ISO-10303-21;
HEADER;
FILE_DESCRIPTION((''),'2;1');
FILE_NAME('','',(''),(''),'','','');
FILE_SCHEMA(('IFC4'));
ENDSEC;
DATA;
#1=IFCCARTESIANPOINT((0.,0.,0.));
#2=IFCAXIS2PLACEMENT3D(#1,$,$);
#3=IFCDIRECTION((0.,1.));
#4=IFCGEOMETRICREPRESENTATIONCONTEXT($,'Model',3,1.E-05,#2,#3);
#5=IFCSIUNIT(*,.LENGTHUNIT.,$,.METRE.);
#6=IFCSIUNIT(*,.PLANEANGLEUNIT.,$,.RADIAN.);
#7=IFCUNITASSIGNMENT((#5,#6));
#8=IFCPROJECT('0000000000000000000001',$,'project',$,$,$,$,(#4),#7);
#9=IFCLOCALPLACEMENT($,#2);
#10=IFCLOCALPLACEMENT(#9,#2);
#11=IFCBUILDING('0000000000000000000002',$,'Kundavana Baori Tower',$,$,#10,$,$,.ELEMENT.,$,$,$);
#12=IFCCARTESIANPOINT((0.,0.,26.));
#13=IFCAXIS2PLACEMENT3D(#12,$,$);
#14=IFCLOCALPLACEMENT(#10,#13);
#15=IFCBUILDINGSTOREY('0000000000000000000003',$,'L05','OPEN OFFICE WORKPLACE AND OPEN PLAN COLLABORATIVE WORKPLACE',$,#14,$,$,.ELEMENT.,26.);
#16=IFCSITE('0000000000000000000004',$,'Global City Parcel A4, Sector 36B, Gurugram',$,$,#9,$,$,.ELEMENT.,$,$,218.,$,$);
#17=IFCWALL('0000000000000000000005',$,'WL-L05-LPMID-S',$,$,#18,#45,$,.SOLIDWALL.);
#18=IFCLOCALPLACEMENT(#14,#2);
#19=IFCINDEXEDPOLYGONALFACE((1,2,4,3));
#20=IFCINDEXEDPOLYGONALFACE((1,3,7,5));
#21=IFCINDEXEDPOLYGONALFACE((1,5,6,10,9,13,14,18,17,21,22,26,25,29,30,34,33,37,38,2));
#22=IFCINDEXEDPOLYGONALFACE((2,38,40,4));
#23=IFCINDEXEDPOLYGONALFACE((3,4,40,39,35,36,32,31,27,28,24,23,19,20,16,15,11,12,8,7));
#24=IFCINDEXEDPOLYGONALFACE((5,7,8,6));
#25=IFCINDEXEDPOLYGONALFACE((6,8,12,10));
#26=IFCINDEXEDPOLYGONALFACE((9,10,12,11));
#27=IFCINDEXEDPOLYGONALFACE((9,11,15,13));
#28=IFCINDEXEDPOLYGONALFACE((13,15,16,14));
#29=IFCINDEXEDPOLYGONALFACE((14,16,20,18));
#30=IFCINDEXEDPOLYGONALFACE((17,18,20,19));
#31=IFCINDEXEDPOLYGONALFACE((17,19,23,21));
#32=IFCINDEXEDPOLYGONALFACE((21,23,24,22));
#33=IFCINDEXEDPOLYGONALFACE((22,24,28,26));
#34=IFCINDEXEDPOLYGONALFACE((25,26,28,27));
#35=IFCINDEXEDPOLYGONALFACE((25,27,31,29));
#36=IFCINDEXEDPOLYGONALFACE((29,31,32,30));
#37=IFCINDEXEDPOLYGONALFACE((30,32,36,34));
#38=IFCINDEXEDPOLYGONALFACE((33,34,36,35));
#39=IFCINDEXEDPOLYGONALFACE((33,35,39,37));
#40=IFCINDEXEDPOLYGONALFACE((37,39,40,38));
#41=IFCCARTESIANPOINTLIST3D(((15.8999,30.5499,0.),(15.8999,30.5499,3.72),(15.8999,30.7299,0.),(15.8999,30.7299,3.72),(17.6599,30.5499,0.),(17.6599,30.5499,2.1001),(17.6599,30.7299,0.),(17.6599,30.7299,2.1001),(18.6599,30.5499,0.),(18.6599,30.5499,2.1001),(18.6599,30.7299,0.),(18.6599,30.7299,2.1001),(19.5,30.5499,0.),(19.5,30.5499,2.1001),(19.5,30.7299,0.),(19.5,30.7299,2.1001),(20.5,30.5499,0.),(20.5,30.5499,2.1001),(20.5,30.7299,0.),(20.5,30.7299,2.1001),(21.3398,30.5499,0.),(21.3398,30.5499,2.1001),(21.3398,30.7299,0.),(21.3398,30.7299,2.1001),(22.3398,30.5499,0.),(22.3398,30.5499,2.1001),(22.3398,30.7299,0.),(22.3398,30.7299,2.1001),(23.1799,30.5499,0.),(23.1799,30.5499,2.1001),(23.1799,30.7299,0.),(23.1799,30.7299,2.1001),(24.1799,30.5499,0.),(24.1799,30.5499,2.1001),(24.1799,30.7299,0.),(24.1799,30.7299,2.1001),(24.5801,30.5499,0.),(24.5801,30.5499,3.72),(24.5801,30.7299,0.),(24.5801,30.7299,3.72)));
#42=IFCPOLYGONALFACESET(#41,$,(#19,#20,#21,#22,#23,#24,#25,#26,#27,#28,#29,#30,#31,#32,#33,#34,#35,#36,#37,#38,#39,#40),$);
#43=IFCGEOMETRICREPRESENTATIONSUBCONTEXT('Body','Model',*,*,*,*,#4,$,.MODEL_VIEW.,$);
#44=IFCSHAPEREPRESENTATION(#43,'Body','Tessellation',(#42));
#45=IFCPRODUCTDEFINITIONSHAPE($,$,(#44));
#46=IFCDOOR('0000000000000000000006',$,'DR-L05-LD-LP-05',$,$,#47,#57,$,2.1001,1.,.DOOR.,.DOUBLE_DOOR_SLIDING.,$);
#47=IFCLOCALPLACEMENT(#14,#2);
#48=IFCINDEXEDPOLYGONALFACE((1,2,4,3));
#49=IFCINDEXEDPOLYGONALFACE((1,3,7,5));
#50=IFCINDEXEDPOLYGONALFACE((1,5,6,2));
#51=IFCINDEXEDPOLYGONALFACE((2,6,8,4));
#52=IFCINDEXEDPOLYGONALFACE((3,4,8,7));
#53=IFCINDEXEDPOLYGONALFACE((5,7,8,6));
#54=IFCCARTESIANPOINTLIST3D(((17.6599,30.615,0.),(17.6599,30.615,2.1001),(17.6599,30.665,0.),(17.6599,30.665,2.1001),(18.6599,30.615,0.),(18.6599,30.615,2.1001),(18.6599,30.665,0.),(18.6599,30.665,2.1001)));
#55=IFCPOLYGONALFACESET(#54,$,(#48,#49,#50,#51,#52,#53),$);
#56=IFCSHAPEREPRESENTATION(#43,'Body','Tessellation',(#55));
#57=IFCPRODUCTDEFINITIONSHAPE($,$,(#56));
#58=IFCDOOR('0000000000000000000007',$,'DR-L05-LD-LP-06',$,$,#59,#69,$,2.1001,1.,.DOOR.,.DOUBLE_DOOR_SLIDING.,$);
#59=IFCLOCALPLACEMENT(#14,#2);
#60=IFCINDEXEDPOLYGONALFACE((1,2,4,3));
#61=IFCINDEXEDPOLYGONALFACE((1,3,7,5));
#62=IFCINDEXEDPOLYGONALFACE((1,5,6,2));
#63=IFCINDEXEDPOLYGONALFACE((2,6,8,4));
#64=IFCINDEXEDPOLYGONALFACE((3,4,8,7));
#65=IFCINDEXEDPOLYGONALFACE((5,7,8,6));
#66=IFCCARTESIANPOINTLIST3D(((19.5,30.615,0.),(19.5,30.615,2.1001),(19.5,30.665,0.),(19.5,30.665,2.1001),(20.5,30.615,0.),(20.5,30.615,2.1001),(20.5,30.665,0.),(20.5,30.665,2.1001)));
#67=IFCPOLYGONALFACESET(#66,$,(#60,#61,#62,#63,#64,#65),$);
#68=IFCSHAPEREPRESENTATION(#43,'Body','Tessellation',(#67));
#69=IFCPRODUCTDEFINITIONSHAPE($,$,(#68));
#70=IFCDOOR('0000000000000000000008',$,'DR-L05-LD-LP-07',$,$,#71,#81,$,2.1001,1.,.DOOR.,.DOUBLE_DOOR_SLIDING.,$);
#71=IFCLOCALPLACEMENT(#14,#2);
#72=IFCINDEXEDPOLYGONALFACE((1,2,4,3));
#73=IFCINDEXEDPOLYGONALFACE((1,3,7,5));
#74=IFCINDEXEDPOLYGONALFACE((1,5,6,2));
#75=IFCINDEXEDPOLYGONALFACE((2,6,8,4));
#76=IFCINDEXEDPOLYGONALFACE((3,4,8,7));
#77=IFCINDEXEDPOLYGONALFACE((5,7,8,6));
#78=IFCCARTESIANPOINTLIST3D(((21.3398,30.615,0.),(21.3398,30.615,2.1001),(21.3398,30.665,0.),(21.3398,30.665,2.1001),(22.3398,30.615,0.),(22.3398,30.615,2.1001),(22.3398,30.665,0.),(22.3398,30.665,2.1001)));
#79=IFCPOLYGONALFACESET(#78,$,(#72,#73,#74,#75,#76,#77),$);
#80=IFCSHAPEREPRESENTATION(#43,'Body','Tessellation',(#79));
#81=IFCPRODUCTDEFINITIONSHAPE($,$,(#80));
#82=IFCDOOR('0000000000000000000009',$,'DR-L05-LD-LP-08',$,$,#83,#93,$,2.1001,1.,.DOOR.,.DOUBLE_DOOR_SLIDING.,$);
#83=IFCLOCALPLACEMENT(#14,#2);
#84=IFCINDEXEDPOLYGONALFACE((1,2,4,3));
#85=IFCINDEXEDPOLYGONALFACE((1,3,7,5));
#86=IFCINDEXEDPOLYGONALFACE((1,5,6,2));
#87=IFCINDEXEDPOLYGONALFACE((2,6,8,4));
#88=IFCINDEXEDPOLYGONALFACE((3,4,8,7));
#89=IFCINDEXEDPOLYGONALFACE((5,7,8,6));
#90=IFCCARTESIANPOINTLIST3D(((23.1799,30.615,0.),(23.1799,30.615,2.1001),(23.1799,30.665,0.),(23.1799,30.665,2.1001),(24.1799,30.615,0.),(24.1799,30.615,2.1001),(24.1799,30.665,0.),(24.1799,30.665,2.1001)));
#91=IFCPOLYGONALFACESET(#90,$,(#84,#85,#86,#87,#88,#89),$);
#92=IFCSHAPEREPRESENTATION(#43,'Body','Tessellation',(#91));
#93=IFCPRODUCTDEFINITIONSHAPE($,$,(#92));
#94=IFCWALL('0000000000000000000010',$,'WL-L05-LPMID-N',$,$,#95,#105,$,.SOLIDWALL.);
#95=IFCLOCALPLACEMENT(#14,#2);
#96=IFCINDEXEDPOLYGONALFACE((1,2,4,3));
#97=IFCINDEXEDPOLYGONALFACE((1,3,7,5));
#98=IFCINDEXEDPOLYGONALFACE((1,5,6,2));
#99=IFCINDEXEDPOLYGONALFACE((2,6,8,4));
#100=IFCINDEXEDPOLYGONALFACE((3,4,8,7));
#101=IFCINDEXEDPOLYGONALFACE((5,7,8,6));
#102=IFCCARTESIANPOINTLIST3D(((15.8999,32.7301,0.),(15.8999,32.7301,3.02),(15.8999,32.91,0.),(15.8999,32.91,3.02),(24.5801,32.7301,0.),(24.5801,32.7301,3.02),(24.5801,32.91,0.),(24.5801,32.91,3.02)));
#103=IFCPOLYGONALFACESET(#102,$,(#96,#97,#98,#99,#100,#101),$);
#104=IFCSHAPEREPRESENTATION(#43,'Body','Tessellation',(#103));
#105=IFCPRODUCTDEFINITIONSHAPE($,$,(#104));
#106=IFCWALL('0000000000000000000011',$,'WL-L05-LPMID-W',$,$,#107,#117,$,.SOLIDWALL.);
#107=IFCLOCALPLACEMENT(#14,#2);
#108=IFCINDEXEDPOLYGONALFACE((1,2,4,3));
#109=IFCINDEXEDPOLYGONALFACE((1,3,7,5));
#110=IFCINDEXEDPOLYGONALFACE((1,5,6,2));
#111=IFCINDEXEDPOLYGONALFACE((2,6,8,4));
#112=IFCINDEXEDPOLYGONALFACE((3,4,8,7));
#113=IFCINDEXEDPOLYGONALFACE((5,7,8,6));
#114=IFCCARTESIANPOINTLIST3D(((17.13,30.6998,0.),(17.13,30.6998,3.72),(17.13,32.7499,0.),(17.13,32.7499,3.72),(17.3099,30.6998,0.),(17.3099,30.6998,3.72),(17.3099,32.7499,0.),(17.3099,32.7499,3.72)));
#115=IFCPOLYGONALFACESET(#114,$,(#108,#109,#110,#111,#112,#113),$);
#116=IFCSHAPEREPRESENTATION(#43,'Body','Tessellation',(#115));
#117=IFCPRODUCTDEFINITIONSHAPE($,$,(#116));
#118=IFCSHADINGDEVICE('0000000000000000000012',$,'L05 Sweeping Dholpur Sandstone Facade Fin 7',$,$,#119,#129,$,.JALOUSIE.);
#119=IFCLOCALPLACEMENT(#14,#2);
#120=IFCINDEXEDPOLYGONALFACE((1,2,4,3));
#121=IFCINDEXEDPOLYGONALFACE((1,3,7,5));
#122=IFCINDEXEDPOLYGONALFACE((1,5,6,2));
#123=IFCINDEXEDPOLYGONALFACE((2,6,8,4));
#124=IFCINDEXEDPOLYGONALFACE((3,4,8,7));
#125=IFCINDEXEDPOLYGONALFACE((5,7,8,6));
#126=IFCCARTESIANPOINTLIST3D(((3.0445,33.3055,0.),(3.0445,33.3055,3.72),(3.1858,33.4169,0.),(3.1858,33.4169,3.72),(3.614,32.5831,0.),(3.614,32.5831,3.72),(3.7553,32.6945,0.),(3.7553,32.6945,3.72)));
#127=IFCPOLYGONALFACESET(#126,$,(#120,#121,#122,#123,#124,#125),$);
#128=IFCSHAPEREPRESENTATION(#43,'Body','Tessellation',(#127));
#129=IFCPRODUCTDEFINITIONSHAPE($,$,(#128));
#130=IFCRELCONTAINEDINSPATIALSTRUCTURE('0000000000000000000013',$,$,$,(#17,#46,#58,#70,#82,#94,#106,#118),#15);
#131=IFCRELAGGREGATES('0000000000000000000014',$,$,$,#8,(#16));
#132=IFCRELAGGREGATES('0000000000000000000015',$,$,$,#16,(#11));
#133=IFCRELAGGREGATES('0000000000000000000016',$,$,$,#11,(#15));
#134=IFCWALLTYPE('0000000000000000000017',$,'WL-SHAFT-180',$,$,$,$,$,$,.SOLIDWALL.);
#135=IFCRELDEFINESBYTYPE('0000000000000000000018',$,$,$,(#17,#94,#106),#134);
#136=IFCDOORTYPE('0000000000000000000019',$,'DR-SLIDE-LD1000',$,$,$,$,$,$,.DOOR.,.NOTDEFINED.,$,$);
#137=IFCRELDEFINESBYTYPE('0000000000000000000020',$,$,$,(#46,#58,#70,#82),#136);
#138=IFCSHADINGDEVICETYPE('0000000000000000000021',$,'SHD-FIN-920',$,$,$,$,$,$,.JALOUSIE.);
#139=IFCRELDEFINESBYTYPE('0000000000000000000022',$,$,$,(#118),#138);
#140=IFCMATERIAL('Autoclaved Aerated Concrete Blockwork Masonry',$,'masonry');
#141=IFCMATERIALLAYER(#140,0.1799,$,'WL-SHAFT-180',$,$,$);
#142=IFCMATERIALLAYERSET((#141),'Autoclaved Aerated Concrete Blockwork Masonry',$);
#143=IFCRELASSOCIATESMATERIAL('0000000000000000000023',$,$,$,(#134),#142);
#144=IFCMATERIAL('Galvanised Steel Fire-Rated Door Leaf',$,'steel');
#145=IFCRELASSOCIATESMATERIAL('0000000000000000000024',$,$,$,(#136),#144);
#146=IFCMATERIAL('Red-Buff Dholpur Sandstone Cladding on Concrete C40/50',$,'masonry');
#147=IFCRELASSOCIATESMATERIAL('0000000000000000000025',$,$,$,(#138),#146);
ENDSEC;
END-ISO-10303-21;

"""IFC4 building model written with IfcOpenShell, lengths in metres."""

from ifc_helpers import new_model, si_unit, direction, frame, frame_2d, origin, origin_2d, place, context, subcontext, project, spatial, rectangle, extrude, material, layer, layer_set, type_object, element, fill, save


model = new_model("IFC4")

# Units and contexts
model_context = context("Model", 3, precision=1e-05, world=origin(), true_north=direction((0.0, 1.0)))
body_context = subcontext(model_context, "Body", "Model", "MODEL_VIEW")
ifc_project = project(units=[si_unit("LENGTHUNIT", "METRE"), si_unit("PLANEANGLEUNIT", "RADIAN")], contexts=[model_context])

# Site, building, storey
site_placement = place(None, origin())
site = spatial("IfcSite", under=ifc_project, at=site_placement, Name="Global City Parcel A4, Sector 36B, Gurugram", CompositionType="ELEMENT", RefElevation=218.0)
building_placement = place(site_placement, origin())
building = spatial("IfcBuilding", under=site, at=building_placement, Name="Kundavana Baori Tower", CompositionType="ELEMENT")
storey_placement = place(building_placement, frame((0.0, 0.0, 26.0)))
storey = spatial("IfcBuildingStorey", under=building, at=storey_placement, Name="L05", Description="OPEN OFFICE WORKPLACE AND OPEN PLAN COLLABORATIVE WORKPLACE", CompositionType="ELEMENT", Elevation=26.0)

# Wall, openings, doors
ifc_material_1 = material(Name="Autoclaved Aerated Concrete Blockwork Masonry", Category="masonry")
ifc_layer_1 = layer(ifc_material_1, 0.1799, Name="WL-SHAFT-180")
ifc_layer_set_1 = layer_set([ifc_layer_1], Name="Autoclaved Aerated Concrete Blockwork Masonry")
wall_type_1 = type_object("IfcWallType", Name="WL-SHAFT-180", PredefinedType="SOLIDWALL", material=ifc_layer_set_1)
wall_1_placement = place(storey_placement, frame((15.8999, 30.6399, 0.0), z_axis=(0.0, 0.0, 1.0), x_axis=(1.0, 0.0, 0.0)))
wall_1 = element("IfcWall", 1, at=wall_1_placement, inside=storey, type_object=wall_type_1, Name="WL-L05-LPMID-S", PredefinedType="SOLIDWALL", context=body_context, shape_type="SweptSolid", body=[
    extrude(rectangle(XDim=8.6802, YDim=0.1799, at=frame_2d((4.3401, 0.0))), origin(), (0.0, 0.0, 1.0), 3.72),
])
opening_1_placement = place(wall_1_placement, frame((1.76, 0.0, 0.0)))
opening_1 = element("IfcOpeningElement", 2, at=opening_1_placement, cuts=wall_1, PredefinedType="OPENING", context=body_context, shape_type="SweptSolid", body=[
    extrude(rectangle(XDim=1.0, YDim=2.1001, at=frame_2d((0.5, 1.05))), frame((0.0, 0.1001, 0.0), z_axis=(0.0, -1.0, 0.0), x_axis=(1.0, 0.0, 0.0)), (0.0, 0.0, 1.0), 0.2),
])
opening_2_placement = place(wall_1_placement, frame((3.6001, 0.0, 0.0)))
opening_2 = element("IfcOpeningElement", 3, at=opening_2_placement, cuts=wall_1, PredefinedType="OPENING", context=body_context, shape_type="SweptSolid", body=[
    extrude(rectangle(XDim=1.0, YDim=2.1001, at=frame_2d((0.5, 1.05))), frame((0.0, 0.1001, 0.0), z_axis=(0.0, -1.0, 0.0), x_axis=(1.0, 0.0, 0.0)), (0.0, 0.0, 1.0), 0.2),
])
opening_3_placement = place(wall_1_placement, frame((5.4399, 0.0, 0.0)))
opening_3 = element("IfcOpeningElement", 4, at=opening_3_placement, cuts=wall_1, PredefinedType="OPENING", context=body_context, shape_type="SweptSolid", body=[
    extrude(rectangle(XDim=1.0, YDim=2.1001, at=frame_2d((0.5, 1.05))), frame((0.0, 0.1001, 0.0), z_axis=(0.0, -1.0, 0.0), x_axis=(1.0, 0.0, 0.0)), (0.0, 0.0, 1.0), 0.2),
])
opening_4_placement = place(wall_1_placement, frame((7.28, 0.0, 0.0)))
opening_4 = element("IfcOpeningElement", 5, at=opening_4_placement, cuts=wall_1, PredefinedType="OPENING", context=body_context, shape_type="SweptSolid", body=[
    extrude(rectangle(XDim=1.0, YDim=2.1001, at=frame_2d((0.5, 1.05))), frame((0.0, 0.1001, 0.0), z_axis=(0.0, -1.0, 0.0), x_axis=(1.0, 0.0, 0.0)), (0.0, 0.0, 1.0), 0.2),
])
ifc_material_2 = material(Name="Galvanised Steel Fire-Rated Door Leaf", Category="steel")
door_type = type_object("IfcDoorType", Name="DR-SLIDE-LD1000", OperationType="NOTDEFINED", PredefinedType="DOOR", material=ifc_material_2)
door_1_placement = place(opening_1_placement, frame((1.0, 0.0, 0.0), z_axis=(0.0, 0.0, 1.0), x_axis=(-1.0, 0.0, 0.0)))
door_1 = element("IfcDoor", 6, at=door_1_placement, inside=storey, type_object=door_type, Name="DR-L05-LD-LP-05", OperationType="DOUBLE_DOOR_SLIDING", OverallHeight=2.1001, OverallWidth=1.0, PredefinedType="DOOR", context=body_context, shape_type="SweptSolid", body=[
    extrude(rectangle(XDim=1.0, YDim=2.1001, at=frame_2d((0.5, 1.05))), frame((0.0, 0.0249, 0.0), z_axis=(0.0, -1.0, 0.0), x_axis=(1.0, 0.0, 0.0)), (0.0, 0.0, 1.0), 0.05),
])
fill(opening_1, door_1)
door_2_placement = place(opening_2_placement, frame((1.0, 0.0, 0.0), z_axis=(0.0, 0.0, 1.0), x_axis=(-1.0, 0.0, 0.0)))
door_2 = element("IfcDoor", 7, at=door_2_placement, inside=storey, type_object=door_type, Name="DR-L05-LD-LP-06", OperationType="DOUBLE_DOOR_SLIDING", OverallHeight=2.1001, OverallWidth=1.0, PredefinedType="DOOR", context=body_context, shape_type="SweptSolid", body=[
    extrude(rectangle(XDim=1.0, YDim=2.1001, at=frame_2d((0.5, 1.05))), frame((0.0, 0.0249, 0.0), z_axis=(0.0, -1.0, 0.0), x_axis=(1.0, 0.0, 0.0)), (0.0, 0.0, 1.0), 0.05),
])
fill(opening_2, door_2)
door_3_placement = place(opening_3_placement, frame((1.0, 0.0, 0.0), z_axis=(0.0, 0.0, 1.0), x_axis=(-1.0, 0.0, 0.0)))
door_3 = element("IfcDoor", 8, at=door_3_placement, inside=storey, type_object=door_type, Name="DR-L05-LD-LP-07", OperationType="DOUBLE_DOOR_SLIDING", OverallHeight=2.1001, OverallWidth=1.0, PredefinedType="DOOR", context=body_context, shape_type="SweptSolid", body=[
    extrude(rectangle(XDim=1.0, YDim=2.1001, at=frame_2d((0.5, 1.05))), frame((0.0, 0.0249, 0.0), z_axis=(0.0, -1.0, 0.0), x_axis=(1.0, 0.0, 0.0)), (0.0, 0.0, 1.0), 0.05),
])
fill(opening_3, door_3)
door_4_placement = place(opening_4_placement, frame((1.0, 0.0, 0.0), z_axis=(0.0, 0.0, 1.0), x_axis=(-1.0, 0.0, 0.0)))
door_4 = element("IfcDoor", 9, at=door_4_placement, inside=storey, type_object=door_type, Name="DR-L05-LD-LP-08", OperationType="DOUBLE_DOOR_SLIDING", OverallHeight=2.1001, OverallWidth=1.0, PredefinedType="DOOR", context=body_context, shape_type="SweptSolid", body=[
    extrude(rectangle(XDim=1.0, YDim=2.1001, at=frame_2d((0.5, 1.05))), frame((0.0, 0.0249, 0.0), z_axis=(0.0, -1.0, 0.0), x_axis=(1.0, 0.0, 0.0)), (0.0, 0.0, 1.0), 0.05),
])
fill(opening_4, door_4)

# Walls
wall_2_placement = place(storey_placement, frame((15.8999, 32.8201, 0.0), z_axis=(0.0, 0.0, 1.0), x_axis=(1.0, 0.0, 0.0)))
element("IfcWall", 10, at=wall_2_placement, inside=storey, type_object=wall_type_1, Name="WL-L05-LPMID-N", PredefinedType="SOLIDWALL", context=body_context, shape_type="SweptSolid", body=[
    extrude(rectangle(XDim=8.6802, YDim=0.1799, at=frame_2d((4.3401, 0.0))), origin(), (0.0, 0.0, 1.0), 3.02),
])
wall_3_placement = place(storey_placement, frame((17.22, 30.7, 0.0), z_axis=(0.0, 0.0, 1.0), x_axis=(0.0, 1.0, 0.0)))
element("IfcWall", 11, at=wall_3_placement, inside=storey, type_object=wall_type_1, Name="WL-L05-LPMID-W", PredefinedType="SOLIDWALL", context=body_context, shape_type="SweptSolid", body=[
    extrude(rectangle(XDim=2.05, YDim=0.1799, at=frame_2d((1.0249, 0.0))), origin(), (0.0, 0.0, 1.0), 3.72),
])

# Shading device
ifc_material_3 = material(Name="Red-Buff Dholpur Sandstone Cladding on Concrete C40/50", Category="masonry")
shading_device_type = type_object("IfcShadingDeviceType", Name="SHD-FIN-920", PredefinedType="JALOUSIE", material=ifc_material_3)
shading_device_placement = place(storey_placement, frame((3.3999, 33.0, 0.0), z_axis=(0.0, 0.0, 1.0), x_axis=(0.785317, 0.619094, 0.0)))
element("IfcShadingDevice", 12, at=shading_device_placement, inside=storey, type_object=shading_device_type, Name="L05 Sweeping Dholpur Sandstone Facade Fin 7", PredefinedType="JALOUSIE", context=body_context, shape_type="SweptSolid", body=[
    extrude(rectangle(XDim=0.1799, YDim=0.9199, at=origin_2d()), origin(), (0.0, 0.0, 1.0), 3.72),
])

save(model, "model.ifc")
